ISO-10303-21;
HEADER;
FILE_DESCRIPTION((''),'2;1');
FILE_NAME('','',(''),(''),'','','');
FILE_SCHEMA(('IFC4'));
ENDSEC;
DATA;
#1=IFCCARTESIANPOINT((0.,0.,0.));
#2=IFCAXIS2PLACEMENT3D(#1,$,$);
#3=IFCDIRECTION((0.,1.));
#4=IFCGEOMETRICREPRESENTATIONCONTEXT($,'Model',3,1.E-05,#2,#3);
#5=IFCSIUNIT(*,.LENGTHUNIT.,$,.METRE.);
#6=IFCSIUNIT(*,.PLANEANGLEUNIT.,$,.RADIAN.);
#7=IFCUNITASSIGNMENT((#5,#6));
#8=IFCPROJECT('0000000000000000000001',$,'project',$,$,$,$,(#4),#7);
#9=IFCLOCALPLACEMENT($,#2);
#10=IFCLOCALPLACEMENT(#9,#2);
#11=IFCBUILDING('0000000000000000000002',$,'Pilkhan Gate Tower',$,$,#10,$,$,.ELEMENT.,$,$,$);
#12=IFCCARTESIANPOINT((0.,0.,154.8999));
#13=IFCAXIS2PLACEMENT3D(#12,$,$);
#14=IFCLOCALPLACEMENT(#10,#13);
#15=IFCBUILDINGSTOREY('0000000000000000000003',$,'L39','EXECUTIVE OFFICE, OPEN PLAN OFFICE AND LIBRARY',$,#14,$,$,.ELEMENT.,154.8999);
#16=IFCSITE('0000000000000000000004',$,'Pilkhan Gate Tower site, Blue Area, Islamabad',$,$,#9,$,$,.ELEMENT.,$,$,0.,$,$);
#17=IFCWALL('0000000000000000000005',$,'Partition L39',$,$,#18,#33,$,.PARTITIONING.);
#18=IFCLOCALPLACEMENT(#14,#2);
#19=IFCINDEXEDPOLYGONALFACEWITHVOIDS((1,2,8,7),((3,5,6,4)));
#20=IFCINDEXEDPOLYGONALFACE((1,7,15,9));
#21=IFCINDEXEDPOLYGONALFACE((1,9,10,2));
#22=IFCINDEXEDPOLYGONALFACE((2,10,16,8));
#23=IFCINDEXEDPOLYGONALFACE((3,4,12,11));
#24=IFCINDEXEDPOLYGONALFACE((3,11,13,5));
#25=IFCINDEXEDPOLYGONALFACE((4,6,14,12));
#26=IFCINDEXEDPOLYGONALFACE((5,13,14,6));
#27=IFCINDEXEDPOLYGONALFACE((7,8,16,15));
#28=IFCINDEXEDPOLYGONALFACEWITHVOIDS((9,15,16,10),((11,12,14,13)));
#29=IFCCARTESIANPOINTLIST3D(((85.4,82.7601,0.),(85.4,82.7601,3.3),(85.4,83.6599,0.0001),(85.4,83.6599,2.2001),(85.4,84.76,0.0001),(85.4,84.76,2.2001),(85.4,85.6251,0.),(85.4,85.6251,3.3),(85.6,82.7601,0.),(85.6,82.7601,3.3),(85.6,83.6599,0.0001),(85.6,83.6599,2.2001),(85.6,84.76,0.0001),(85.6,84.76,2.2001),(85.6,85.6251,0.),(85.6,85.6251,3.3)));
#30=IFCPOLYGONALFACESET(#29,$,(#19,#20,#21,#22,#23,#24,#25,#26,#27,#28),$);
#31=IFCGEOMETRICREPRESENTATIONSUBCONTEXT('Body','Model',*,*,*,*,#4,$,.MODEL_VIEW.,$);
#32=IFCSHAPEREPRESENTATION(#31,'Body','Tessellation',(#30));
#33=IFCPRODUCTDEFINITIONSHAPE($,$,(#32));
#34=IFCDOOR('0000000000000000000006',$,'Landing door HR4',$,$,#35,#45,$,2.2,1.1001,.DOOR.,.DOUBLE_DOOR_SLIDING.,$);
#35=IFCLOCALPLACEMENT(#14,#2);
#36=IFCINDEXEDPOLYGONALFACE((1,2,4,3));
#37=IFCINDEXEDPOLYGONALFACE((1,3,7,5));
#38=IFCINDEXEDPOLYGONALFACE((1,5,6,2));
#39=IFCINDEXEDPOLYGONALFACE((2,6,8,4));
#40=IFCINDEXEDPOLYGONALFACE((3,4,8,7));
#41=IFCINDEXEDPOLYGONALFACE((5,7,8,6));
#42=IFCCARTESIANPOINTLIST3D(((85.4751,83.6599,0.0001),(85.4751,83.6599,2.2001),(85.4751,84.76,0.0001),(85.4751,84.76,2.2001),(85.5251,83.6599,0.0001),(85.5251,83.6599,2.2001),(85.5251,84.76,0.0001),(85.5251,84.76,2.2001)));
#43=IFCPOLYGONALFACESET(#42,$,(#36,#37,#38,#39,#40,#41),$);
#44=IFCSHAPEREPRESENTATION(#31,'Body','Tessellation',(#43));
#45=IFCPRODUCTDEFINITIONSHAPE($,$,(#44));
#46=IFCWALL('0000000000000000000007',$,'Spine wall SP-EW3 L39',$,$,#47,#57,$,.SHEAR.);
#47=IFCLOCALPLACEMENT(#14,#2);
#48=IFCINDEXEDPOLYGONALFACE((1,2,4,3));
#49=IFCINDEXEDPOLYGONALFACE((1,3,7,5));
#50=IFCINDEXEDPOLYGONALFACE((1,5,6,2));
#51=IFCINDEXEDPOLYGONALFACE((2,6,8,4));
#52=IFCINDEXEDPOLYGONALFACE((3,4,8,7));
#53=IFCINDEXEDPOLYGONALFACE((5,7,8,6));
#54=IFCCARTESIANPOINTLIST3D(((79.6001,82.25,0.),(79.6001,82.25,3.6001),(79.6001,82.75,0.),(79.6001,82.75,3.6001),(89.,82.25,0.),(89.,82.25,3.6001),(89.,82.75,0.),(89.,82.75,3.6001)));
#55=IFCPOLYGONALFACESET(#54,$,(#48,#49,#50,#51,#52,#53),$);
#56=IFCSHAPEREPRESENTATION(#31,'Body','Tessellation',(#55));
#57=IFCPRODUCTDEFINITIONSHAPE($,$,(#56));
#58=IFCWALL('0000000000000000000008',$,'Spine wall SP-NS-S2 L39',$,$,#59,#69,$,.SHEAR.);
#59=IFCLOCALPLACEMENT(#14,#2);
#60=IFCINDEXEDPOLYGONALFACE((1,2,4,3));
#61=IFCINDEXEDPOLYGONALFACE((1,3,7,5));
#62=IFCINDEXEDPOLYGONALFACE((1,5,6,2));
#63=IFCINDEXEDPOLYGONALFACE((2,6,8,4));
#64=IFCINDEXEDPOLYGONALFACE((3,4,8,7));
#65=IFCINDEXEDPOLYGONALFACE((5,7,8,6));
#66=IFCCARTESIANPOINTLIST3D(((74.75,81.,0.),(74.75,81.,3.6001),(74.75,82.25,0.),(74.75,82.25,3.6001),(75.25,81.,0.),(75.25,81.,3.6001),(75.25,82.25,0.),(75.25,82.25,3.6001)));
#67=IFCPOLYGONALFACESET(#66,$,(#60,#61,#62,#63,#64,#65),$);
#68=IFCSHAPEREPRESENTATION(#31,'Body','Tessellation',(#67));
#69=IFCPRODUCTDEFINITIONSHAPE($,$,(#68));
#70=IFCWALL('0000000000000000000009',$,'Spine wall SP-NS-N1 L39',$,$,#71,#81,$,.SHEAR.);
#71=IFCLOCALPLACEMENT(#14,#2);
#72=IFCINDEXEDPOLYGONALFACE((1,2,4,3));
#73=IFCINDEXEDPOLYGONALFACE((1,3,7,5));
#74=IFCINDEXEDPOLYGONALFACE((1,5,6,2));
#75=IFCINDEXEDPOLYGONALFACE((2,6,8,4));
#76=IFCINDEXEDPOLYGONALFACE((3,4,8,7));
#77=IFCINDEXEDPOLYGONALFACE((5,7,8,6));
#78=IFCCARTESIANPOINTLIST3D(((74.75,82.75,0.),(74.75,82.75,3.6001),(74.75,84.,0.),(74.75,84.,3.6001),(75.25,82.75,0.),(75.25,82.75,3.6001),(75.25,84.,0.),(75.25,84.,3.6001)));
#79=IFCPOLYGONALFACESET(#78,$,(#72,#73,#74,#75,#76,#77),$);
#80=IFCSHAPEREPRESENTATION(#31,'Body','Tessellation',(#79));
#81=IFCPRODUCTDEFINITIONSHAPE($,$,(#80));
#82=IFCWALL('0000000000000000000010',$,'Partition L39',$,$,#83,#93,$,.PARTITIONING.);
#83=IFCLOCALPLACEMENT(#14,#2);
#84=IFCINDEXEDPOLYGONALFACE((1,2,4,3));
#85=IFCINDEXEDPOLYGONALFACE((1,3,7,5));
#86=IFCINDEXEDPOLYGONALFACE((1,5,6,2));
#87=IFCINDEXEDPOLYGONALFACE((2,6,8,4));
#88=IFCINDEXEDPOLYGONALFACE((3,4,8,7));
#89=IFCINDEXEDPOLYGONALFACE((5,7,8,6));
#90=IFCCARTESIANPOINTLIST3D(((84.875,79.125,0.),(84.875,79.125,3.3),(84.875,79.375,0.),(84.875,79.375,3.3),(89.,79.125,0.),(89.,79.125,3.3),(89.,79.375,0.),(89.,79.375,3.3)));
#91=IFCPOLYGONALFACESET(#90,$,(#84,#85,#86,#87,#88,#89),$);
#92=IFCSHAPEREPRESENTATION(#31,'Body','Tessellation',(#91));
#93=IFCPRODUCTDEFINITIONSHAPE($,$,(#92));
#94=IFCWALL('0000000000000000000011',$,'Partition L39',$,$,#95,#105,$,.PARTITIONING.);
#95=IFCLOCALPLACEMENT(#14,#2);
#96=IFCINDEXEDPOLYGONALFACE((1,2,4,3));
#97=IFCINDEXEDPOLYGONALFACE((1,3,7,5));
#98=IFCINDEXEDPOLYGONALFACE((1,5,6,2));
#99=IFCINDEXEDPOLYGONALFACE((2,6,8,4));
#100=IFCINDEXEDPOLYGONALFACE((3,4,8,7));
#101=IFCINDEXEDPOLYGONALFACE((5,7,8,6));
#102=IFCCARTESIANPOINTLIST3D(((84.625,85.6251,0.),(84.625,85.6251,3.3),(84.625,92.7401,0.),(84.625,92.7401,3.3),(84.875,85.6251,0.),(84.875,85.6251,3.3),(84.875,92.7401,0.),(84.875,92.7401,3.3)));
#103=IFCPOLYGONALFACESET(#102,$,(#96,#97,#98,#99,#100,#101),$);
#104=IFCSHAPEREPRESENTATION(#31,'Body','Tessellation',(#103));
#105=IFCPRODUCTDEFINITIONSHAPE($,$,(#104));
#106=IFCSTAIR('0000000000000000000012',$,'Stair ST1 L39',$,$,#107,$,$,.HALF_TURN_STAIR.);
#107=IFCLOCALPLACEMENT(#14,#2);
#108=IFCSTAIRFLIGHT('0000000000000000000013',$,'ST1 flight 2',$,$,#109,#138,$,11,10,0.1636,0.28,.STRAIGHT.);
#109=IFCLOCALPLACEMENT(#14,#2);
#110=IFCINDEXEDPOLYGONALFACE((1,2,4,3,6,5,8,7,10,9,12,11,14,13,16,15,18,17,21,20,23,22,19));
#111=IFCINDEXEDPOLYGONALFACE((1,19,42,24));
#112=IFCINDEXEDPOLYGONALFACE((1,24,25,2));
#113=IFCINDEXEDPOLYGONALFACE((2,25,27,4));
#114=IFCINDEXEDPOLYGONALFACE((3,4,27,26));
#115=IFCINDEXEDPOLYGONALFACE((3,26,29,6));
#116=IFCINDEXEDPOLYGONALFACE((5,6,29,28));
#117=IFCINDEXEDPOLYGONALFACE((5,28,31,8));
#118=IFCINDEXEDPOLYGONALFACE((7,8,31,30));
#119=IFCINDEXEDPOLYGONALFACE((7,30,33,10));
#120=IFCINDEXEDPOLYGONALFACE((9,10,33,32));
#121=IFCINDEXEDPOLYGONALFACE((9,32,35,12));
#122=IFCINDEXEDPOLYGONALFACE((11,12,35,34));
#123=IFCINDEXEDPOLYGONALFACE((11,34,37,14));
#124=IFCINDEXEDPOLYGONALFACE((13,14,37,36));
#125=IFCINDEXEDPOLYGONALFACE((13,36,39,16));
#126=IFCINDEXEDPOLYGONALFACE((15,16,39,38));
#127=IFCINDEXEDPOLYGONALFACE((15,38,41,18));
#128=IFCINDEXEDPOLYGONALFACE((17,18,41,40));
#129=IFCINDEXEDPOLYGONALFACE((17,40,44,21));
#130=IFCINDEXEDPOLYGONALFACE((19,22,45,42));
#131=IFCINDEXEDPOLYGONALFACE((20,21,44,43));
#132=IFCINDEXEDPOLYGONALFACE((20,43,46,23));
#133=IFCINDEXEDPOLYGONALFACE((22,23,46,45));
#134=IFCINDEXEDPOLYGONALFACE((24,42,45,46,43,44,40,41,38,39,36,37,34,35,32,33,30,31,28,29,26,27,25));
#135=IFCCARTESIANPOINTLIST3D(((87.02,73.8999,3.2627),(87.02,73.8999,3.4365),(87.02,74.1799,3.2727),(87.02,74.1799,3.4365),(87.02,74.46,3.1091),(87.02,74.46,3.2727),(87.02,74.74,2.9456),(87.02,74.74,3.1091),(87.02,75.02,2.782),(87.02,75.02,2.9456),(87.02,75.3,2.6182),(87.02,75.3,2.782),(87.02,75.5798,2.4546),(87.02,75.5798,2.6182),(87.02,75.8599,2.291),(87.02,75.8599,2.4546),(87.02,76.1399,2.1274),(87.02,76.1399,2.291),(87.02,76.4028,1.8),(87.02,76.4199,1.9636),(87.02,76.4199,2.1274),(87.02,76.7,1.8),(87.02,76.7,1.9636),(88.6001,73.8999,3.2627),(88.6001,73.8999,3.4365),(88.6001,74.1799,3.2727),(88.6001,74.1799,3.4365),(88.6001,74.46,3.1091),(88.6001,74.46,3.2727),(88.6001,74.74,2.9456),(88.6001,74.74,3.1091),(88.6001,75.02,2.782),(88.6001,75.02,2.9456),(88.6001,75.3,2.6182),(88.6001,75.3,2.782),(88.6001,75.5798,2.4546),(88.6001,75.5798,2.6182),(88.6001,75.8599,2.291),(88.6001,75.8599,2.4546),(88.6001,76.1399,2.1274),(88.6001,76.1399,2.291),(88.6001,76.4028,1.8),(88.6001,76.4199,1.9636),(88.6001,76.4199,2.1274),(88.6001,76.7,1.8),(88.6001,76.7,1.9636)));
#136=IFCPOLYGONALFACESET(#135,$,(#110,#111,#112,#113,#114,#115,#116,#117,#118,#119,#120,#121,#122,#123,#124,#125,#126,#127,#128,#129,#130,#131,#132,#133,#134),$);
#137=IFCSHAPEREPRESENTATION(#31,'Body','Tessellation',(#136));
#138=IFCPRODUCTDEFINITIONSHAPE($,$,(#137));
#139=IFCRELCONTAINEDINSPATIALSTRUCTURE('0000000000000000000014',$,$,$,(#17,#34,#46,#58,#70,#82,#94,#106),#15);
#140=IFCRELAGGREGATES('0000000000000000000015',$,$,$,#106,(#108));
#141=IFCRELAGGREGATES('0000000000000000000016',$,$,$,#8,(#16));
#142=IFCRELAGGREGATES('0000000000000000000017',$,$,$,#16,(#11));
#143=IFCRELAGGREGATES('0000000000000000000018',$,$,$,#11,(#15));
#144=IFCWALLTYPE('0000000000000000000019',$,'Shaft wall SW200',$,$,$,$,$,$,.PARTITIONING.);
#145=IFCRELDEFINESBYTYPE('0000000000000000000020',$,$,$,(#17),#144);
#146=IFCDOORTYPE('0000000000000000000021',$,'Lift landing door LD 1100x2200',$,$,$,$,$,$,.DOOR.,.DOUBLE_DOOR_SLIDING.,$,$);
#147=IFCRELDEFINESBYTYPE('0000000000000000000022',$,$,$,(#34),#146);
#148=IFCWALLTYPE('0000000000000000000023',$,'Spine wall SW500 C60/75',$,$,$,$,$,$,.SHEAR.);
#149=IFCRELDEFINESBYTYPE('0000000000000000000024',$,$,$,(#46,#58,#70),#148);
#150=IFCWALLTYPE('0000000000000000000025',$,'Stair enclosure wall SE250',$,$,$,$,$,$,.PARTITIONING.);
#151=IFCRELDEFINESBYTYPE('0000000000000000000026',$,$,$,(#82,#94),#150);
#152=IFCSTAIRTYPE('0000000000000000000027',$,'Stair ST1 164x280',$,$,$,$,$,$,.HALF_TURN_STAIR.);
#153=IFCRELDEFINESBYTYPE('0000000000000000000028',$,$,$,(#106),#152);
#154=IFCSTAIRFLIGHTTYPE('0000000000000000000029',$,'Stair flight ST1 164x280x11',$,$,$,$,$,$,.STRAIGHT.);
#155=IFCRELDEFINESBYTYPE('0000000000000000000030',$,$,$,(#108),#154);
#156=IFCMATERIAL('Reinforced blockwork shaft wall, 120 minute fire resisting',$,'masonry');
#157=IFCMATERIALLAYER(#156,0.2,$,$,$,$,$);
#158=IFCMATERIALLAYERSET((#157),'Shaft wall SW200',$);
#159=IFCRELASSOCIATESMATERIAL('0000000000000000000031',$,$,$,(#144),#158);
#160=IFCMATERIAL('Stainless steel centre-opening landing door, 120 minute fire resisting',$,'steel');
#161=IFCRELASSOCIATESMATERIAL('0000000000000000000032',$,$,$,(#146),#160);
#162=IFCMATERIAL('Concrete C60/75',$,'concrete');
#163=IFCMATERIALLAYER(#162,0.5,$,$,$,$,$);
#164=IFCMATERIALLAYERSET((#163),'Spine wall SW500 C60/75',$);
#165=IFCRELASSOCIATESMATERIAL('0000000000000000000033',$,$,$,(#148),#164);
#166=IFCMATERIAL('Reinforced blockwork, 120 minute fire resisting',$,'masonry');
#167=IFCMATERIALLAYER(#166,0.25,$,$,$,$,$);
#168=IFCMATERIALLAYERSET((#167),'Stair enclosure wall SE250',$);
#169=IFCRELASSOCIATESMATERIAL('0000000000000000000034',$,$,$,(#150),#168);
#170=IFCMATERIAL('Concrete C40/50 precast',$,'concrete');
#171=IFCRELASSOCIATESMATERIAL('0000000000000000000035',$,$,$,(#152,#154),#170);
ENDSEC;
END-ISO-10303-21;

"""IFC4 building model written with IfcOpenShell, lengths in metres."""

from ifc_helpers import new_model, si_unit, direction, frame, frame_2d, origin, place, context, subcontext, project, spatial, polyline, rectangle, outline, extrude, material, layer, layer_set, type_object, element, fill, aggregate, save


model = new_model("IFC4")

# Units and contexts
model_context = context("Model", 3, precision=1e-05, world=origin(), true_north=direction((0.0, 1.0)))
body_context = subcontext(model_context, "Body", "Model", "MODEL_VIEW")
ifc_project = project(units=[si_unit("LENGTHUNIT", "METRE"), si_unit("PLANEANGLEUNIT", "RADIAN")], contexts=[model_context])

# Site, building, storey
site_placement = place(None, origin())
site = spatial("IfcSite", under=ifc_project, at=site_placement, Name="Pilkhan Gate Tower site, Blue Area, Islamabad", CompositionType="ELEMENT", RefElevation=0.0)
building_placement = place(site_placement, origin())
building = spatial("IfcBuilding", under=site, at=building_placement, Name="Pilkhan Gate Tower", CompositionType="ELEMENT")
storey_placement = place(building_placement, frame((0.0, 0.0, 154.8999)))
storey = spatial("IfcBuildingStorey", under=building, at=storey_placement, Name="L39", Description="EXECUTIVE OFFICE, OPEN PLAN OFFICE AND LIBRARY", CompositionType="ELEMENT", Elevation=154.8999)

# Shared definitions
ifc_material_1 = material(Name="Concrete C60/75", Category="concrete")

# Wall, opening, door
ifc_material_2 = material(Name="Reinforced blockwork shaft wall, 120 minute fire resisting", Category="masonry")
ifc_layer_1 = layer(ifc_material_2, 0.2)
ifc_layer_set_1 = layer_set([ifc_layer_1], Name="Shaft wall SW200")
wall_type_1 = type_object("IfcWallType", Name="Shaft wall SW200", PredefinedType="PARTITIONING", material=ifc_layer_set_1)
wall_1_placement = place(storey_placement, frame((85.5, 82.76, 0.0), z_axis=(0.0, 0.0, 1.0), x_axis=(0.0, 1.0, 0.0)))
wall_1 = element("IfcWall", 1, at=wall_1_placement, inside=storey, type_object=wall_type_1, Name="Partition L39", PredefinedType="PARTITIONING", context=body_context, shape_type="SweptSolid", body=[
    extrude(rectangle(XDim=2.865, YDim=0.2, at=frame_2d((1.4326, 0.0))), origin(), (0.0, 0.0, 1.0), 3.3),
])
opening_1_placement = place(wall_1_placement, frame((0.8999, 0.0, 0.0)))
opening_1 = element("IfcOpeningElement", 2, at=opening_1_placement, cuts=wall_1, PredefinedType="OPENING", context=body_context, shape_type="SweptSolid", body=[
    extrude(rectangle(XDim=1.1001, YDim=2.2, at=frame_2d((0.55, 1.1001))), frame((0.0, 0.1099, 0.0), z_axis=(0.0, -1.0, 0.0), x_axis=(1.0, 0.0, 0.0)), (0.0, 0.0, 1.0), 0.22),
])
ifc_material_3 = material(Name="Stainless steel centre-opening landing door, 120 minute fire resisting", Category="steel")
door_type_1 = type_object("IfcDoorType", Name="Lift landing door LD 1100x2200", OperationType="DOUBLE_DOOR_SLIDING", PredefinedType="DOOR", material=ifc_material_3)
door_1_placement = place(opening_1_placement, origin())
door_1 = element("IfcDoor", 3, at=door_1_placement, inside=storey, type_object=door_type_1, Name="Landing door HR4", OperationType="DOUBLE_DOOR_SLIDING", OverallHeight=2.2, OverallWidth=1.1001, PredefinedType="DOOR", context=body_context, shape_type="SweptSolid", body=[
    extrude(rectangle(XDim=1.1001, YDim=2.2, at=frame_2d((0.55, 1.1001))), frame((0.0, 0.0249, 0.0), z_axis=(0.0, -1.0, 0.0), x_axis=(1.0, 0.0, 0.0)), (0.0, 0.0, 1.0), 0.05),
])
fill(opening_1, door_1)

# Walls
ifc_layer_2 = layer(ifc_material_1, 0.5)
ifc_layer_set_2 = layer_set([ifc_layer_2], Name="Spine wall SW500 C60/75")
wall_type_2 = type_object("IfcWallType", Name="Spine wall SW500 C60/75", PredefinedType="SHEAR", material=ifc_layer_set_2)
wall_2_placement = place(storey_placement, frame((79.6001, 82.5, 0.0), z_axis=(0.0, 0.0, 1.0), x_axis=(1.0, 0.0, 0.0)))
element("IfcWall", 4, at=wall_2_placement, inside=storey, type_object=wall_type_2, Name="Spine wall SP-EW3 L39", PredefinedType="SHEAR", context=body_context, shape_type="SweptSolid", body=[
    extrude(rectangle(XDim=9.3999, YDim=0.5, at=frame_2d((4.7, 0.0))), origin(), (0.0, 0.0, 1.0), 3.6001),
])
for number, where, z_axis, x_axis, name in (
    (5, (75.0, 81.0, 0.0), (0.0, 0.0, 1.0), (0.0, 1.0, 0.0), "Spine wall SP-NS-S2 L39"),
    (6, (75.0, 82.75, 0.0), (0.0, 0.0, 1.0), (0.0, 1.0, 0.0), "Spine wall SP-NS-N1 L39"),
):
    element("IfcWall", number, at=place(storey_placement, frame(where, z_axis=z_axis, x_axis=x_axis)), inside=storey, type_object=wall_type_2, Name=name, PredefinedType="SHEAR", context=body_context, shape_type="SweptSolid", body=[
        extrude(rectangle(XDim=1.25, YDim=0.5, at=frame_2d((0.625, 0.0))), origin(), (0.0, 0.0, 1.0), 3.6001),
    ])
ifc_material_4 = material(Name="Reinforced blockwork, 120 minute fire resisting", Category="masonry")
ifc_layer_3 = layer(ifc_material_4, 0.25)
ifc_layer_set_3 = layer_set([ifc_layer_3], Name="Stair enclosure wall SE250")
wall_type_3 = type_object("IfcWallType", Name="Stair enclosure wall SE250", PredefinedType="PARTITIONING", material=ifc_layer_set_3)
wall_3_placement = place(storey_placement, frame((84.875, 79.25, 0.0), z_axis=(0.0, 0.0, 1.0), x_axis=(1.0, 0.0, 0.0)))
element("IfcWall", 7, at=wall_3_placement, inside=storey, type_object=wall_type_3, Name="Partition L39", PredefinedType="PARTITIONING", context=body_context, shape_type="SweptSolid", body=[
    extrude(rectangle(XDim=4.125, YDim=0.25, at=frame_2d((2.0625, 0.0))), origin(), (0.0, 0.0, 1.0), 3.3),
])
wall_4_placement = place(storey_placement, frame((84.75, 85.625, 0.0), z_axis=(0.0, 0.0, 1.0), x_axis=(0.0, 1.0, 0.0)))
element("IfcWall", 8, at=wall_4_placement, inside=storey, type_object=wall_type_3, Name="Partition L39", PredefinedType="PARTITIONING", context=body_context, shape_type="SweptSolid", body=[
    extrude(rectangle(XDim=7.115, YDim=0.25, at=frame_2d((3.5576, 0.0))), origin(), (0.0, 0.0, 1.0), 3.3),
])

# Stair, stair flight
ifc_material_5 = material(Name="Concrete C40/50 precast", Category="concrete")
stair_type = type_object("IfcStairType", Name="Stair ST1 164x280", PredefinedType="HALF_TURN_STAIR", material=ifc_material_5)
stair_placement = place(storey_placement, origin())
stair = element("IfcStair", 9, at=stair_placement, inside=storey, type_object=stair_type, Name="Stair ST1 L39", PredefinedType="HALF_TURN_STAIR")
stair_flight_type = type_object("IfcStairFlightType", Name="Stair flight ST1 164x280x11", PredefinedType="STRAIGHT", material=ifc_material_5)
stair_flight_placement = place(storey_placement, frame((87.8101, 76.7, 1.8), z_axis=(0.0, 0.0, 1.0), x_axis=(0.0, -1.0, 0.0)))
stair_flight = element("IfcStairFlight", 10, at=stair_flight_placement, type_object=stair_flight_type, Name="ST1 flight 2", NumberOfRisers=11, NumberOfTreads=10, PredefinedType="STRAIGHT", RiserHeight=0.1636, TreadLength=0.28, context=body_context, shape_type="SweptSolid", body=[
    extrude(outline(polyline([(0.0, 0.0), (0.0, 0.1636), (0.28, 0.1636), (0.28, 0.3274), (0.5601, 0.3274), (0.5601, 0.491), (0.8401, 0.491), (0.8401, 0.6545), (1.1201, 0.6545), (1.1201, 0.8181), (1.3999, 0.8181), (1.3999, 0.9819), (1.6799, 0.9819), (1.6799, 1.1455), (1.96, 1.1455), (1.96, 1.3091), (2.24, 1.3091), (2.24, 1.4727), (2.52, 1.4727), (2.52, 1.6365), (2.8, 1.6365), (2.8, 1.8), (2.8, 1.4626), (0.2971, 0.0), (0.0, 0.0)])), frame((0.0, 0.79, 0.0), z_axis=(0.0, -1.0, 0.0), x_axis=(1.0, 0.0, 0.0)), (0.0, 0.0, 1.0), 1.5801),
])
aggregate(stair, [stair_flight])

save(model, "model.ifc")
